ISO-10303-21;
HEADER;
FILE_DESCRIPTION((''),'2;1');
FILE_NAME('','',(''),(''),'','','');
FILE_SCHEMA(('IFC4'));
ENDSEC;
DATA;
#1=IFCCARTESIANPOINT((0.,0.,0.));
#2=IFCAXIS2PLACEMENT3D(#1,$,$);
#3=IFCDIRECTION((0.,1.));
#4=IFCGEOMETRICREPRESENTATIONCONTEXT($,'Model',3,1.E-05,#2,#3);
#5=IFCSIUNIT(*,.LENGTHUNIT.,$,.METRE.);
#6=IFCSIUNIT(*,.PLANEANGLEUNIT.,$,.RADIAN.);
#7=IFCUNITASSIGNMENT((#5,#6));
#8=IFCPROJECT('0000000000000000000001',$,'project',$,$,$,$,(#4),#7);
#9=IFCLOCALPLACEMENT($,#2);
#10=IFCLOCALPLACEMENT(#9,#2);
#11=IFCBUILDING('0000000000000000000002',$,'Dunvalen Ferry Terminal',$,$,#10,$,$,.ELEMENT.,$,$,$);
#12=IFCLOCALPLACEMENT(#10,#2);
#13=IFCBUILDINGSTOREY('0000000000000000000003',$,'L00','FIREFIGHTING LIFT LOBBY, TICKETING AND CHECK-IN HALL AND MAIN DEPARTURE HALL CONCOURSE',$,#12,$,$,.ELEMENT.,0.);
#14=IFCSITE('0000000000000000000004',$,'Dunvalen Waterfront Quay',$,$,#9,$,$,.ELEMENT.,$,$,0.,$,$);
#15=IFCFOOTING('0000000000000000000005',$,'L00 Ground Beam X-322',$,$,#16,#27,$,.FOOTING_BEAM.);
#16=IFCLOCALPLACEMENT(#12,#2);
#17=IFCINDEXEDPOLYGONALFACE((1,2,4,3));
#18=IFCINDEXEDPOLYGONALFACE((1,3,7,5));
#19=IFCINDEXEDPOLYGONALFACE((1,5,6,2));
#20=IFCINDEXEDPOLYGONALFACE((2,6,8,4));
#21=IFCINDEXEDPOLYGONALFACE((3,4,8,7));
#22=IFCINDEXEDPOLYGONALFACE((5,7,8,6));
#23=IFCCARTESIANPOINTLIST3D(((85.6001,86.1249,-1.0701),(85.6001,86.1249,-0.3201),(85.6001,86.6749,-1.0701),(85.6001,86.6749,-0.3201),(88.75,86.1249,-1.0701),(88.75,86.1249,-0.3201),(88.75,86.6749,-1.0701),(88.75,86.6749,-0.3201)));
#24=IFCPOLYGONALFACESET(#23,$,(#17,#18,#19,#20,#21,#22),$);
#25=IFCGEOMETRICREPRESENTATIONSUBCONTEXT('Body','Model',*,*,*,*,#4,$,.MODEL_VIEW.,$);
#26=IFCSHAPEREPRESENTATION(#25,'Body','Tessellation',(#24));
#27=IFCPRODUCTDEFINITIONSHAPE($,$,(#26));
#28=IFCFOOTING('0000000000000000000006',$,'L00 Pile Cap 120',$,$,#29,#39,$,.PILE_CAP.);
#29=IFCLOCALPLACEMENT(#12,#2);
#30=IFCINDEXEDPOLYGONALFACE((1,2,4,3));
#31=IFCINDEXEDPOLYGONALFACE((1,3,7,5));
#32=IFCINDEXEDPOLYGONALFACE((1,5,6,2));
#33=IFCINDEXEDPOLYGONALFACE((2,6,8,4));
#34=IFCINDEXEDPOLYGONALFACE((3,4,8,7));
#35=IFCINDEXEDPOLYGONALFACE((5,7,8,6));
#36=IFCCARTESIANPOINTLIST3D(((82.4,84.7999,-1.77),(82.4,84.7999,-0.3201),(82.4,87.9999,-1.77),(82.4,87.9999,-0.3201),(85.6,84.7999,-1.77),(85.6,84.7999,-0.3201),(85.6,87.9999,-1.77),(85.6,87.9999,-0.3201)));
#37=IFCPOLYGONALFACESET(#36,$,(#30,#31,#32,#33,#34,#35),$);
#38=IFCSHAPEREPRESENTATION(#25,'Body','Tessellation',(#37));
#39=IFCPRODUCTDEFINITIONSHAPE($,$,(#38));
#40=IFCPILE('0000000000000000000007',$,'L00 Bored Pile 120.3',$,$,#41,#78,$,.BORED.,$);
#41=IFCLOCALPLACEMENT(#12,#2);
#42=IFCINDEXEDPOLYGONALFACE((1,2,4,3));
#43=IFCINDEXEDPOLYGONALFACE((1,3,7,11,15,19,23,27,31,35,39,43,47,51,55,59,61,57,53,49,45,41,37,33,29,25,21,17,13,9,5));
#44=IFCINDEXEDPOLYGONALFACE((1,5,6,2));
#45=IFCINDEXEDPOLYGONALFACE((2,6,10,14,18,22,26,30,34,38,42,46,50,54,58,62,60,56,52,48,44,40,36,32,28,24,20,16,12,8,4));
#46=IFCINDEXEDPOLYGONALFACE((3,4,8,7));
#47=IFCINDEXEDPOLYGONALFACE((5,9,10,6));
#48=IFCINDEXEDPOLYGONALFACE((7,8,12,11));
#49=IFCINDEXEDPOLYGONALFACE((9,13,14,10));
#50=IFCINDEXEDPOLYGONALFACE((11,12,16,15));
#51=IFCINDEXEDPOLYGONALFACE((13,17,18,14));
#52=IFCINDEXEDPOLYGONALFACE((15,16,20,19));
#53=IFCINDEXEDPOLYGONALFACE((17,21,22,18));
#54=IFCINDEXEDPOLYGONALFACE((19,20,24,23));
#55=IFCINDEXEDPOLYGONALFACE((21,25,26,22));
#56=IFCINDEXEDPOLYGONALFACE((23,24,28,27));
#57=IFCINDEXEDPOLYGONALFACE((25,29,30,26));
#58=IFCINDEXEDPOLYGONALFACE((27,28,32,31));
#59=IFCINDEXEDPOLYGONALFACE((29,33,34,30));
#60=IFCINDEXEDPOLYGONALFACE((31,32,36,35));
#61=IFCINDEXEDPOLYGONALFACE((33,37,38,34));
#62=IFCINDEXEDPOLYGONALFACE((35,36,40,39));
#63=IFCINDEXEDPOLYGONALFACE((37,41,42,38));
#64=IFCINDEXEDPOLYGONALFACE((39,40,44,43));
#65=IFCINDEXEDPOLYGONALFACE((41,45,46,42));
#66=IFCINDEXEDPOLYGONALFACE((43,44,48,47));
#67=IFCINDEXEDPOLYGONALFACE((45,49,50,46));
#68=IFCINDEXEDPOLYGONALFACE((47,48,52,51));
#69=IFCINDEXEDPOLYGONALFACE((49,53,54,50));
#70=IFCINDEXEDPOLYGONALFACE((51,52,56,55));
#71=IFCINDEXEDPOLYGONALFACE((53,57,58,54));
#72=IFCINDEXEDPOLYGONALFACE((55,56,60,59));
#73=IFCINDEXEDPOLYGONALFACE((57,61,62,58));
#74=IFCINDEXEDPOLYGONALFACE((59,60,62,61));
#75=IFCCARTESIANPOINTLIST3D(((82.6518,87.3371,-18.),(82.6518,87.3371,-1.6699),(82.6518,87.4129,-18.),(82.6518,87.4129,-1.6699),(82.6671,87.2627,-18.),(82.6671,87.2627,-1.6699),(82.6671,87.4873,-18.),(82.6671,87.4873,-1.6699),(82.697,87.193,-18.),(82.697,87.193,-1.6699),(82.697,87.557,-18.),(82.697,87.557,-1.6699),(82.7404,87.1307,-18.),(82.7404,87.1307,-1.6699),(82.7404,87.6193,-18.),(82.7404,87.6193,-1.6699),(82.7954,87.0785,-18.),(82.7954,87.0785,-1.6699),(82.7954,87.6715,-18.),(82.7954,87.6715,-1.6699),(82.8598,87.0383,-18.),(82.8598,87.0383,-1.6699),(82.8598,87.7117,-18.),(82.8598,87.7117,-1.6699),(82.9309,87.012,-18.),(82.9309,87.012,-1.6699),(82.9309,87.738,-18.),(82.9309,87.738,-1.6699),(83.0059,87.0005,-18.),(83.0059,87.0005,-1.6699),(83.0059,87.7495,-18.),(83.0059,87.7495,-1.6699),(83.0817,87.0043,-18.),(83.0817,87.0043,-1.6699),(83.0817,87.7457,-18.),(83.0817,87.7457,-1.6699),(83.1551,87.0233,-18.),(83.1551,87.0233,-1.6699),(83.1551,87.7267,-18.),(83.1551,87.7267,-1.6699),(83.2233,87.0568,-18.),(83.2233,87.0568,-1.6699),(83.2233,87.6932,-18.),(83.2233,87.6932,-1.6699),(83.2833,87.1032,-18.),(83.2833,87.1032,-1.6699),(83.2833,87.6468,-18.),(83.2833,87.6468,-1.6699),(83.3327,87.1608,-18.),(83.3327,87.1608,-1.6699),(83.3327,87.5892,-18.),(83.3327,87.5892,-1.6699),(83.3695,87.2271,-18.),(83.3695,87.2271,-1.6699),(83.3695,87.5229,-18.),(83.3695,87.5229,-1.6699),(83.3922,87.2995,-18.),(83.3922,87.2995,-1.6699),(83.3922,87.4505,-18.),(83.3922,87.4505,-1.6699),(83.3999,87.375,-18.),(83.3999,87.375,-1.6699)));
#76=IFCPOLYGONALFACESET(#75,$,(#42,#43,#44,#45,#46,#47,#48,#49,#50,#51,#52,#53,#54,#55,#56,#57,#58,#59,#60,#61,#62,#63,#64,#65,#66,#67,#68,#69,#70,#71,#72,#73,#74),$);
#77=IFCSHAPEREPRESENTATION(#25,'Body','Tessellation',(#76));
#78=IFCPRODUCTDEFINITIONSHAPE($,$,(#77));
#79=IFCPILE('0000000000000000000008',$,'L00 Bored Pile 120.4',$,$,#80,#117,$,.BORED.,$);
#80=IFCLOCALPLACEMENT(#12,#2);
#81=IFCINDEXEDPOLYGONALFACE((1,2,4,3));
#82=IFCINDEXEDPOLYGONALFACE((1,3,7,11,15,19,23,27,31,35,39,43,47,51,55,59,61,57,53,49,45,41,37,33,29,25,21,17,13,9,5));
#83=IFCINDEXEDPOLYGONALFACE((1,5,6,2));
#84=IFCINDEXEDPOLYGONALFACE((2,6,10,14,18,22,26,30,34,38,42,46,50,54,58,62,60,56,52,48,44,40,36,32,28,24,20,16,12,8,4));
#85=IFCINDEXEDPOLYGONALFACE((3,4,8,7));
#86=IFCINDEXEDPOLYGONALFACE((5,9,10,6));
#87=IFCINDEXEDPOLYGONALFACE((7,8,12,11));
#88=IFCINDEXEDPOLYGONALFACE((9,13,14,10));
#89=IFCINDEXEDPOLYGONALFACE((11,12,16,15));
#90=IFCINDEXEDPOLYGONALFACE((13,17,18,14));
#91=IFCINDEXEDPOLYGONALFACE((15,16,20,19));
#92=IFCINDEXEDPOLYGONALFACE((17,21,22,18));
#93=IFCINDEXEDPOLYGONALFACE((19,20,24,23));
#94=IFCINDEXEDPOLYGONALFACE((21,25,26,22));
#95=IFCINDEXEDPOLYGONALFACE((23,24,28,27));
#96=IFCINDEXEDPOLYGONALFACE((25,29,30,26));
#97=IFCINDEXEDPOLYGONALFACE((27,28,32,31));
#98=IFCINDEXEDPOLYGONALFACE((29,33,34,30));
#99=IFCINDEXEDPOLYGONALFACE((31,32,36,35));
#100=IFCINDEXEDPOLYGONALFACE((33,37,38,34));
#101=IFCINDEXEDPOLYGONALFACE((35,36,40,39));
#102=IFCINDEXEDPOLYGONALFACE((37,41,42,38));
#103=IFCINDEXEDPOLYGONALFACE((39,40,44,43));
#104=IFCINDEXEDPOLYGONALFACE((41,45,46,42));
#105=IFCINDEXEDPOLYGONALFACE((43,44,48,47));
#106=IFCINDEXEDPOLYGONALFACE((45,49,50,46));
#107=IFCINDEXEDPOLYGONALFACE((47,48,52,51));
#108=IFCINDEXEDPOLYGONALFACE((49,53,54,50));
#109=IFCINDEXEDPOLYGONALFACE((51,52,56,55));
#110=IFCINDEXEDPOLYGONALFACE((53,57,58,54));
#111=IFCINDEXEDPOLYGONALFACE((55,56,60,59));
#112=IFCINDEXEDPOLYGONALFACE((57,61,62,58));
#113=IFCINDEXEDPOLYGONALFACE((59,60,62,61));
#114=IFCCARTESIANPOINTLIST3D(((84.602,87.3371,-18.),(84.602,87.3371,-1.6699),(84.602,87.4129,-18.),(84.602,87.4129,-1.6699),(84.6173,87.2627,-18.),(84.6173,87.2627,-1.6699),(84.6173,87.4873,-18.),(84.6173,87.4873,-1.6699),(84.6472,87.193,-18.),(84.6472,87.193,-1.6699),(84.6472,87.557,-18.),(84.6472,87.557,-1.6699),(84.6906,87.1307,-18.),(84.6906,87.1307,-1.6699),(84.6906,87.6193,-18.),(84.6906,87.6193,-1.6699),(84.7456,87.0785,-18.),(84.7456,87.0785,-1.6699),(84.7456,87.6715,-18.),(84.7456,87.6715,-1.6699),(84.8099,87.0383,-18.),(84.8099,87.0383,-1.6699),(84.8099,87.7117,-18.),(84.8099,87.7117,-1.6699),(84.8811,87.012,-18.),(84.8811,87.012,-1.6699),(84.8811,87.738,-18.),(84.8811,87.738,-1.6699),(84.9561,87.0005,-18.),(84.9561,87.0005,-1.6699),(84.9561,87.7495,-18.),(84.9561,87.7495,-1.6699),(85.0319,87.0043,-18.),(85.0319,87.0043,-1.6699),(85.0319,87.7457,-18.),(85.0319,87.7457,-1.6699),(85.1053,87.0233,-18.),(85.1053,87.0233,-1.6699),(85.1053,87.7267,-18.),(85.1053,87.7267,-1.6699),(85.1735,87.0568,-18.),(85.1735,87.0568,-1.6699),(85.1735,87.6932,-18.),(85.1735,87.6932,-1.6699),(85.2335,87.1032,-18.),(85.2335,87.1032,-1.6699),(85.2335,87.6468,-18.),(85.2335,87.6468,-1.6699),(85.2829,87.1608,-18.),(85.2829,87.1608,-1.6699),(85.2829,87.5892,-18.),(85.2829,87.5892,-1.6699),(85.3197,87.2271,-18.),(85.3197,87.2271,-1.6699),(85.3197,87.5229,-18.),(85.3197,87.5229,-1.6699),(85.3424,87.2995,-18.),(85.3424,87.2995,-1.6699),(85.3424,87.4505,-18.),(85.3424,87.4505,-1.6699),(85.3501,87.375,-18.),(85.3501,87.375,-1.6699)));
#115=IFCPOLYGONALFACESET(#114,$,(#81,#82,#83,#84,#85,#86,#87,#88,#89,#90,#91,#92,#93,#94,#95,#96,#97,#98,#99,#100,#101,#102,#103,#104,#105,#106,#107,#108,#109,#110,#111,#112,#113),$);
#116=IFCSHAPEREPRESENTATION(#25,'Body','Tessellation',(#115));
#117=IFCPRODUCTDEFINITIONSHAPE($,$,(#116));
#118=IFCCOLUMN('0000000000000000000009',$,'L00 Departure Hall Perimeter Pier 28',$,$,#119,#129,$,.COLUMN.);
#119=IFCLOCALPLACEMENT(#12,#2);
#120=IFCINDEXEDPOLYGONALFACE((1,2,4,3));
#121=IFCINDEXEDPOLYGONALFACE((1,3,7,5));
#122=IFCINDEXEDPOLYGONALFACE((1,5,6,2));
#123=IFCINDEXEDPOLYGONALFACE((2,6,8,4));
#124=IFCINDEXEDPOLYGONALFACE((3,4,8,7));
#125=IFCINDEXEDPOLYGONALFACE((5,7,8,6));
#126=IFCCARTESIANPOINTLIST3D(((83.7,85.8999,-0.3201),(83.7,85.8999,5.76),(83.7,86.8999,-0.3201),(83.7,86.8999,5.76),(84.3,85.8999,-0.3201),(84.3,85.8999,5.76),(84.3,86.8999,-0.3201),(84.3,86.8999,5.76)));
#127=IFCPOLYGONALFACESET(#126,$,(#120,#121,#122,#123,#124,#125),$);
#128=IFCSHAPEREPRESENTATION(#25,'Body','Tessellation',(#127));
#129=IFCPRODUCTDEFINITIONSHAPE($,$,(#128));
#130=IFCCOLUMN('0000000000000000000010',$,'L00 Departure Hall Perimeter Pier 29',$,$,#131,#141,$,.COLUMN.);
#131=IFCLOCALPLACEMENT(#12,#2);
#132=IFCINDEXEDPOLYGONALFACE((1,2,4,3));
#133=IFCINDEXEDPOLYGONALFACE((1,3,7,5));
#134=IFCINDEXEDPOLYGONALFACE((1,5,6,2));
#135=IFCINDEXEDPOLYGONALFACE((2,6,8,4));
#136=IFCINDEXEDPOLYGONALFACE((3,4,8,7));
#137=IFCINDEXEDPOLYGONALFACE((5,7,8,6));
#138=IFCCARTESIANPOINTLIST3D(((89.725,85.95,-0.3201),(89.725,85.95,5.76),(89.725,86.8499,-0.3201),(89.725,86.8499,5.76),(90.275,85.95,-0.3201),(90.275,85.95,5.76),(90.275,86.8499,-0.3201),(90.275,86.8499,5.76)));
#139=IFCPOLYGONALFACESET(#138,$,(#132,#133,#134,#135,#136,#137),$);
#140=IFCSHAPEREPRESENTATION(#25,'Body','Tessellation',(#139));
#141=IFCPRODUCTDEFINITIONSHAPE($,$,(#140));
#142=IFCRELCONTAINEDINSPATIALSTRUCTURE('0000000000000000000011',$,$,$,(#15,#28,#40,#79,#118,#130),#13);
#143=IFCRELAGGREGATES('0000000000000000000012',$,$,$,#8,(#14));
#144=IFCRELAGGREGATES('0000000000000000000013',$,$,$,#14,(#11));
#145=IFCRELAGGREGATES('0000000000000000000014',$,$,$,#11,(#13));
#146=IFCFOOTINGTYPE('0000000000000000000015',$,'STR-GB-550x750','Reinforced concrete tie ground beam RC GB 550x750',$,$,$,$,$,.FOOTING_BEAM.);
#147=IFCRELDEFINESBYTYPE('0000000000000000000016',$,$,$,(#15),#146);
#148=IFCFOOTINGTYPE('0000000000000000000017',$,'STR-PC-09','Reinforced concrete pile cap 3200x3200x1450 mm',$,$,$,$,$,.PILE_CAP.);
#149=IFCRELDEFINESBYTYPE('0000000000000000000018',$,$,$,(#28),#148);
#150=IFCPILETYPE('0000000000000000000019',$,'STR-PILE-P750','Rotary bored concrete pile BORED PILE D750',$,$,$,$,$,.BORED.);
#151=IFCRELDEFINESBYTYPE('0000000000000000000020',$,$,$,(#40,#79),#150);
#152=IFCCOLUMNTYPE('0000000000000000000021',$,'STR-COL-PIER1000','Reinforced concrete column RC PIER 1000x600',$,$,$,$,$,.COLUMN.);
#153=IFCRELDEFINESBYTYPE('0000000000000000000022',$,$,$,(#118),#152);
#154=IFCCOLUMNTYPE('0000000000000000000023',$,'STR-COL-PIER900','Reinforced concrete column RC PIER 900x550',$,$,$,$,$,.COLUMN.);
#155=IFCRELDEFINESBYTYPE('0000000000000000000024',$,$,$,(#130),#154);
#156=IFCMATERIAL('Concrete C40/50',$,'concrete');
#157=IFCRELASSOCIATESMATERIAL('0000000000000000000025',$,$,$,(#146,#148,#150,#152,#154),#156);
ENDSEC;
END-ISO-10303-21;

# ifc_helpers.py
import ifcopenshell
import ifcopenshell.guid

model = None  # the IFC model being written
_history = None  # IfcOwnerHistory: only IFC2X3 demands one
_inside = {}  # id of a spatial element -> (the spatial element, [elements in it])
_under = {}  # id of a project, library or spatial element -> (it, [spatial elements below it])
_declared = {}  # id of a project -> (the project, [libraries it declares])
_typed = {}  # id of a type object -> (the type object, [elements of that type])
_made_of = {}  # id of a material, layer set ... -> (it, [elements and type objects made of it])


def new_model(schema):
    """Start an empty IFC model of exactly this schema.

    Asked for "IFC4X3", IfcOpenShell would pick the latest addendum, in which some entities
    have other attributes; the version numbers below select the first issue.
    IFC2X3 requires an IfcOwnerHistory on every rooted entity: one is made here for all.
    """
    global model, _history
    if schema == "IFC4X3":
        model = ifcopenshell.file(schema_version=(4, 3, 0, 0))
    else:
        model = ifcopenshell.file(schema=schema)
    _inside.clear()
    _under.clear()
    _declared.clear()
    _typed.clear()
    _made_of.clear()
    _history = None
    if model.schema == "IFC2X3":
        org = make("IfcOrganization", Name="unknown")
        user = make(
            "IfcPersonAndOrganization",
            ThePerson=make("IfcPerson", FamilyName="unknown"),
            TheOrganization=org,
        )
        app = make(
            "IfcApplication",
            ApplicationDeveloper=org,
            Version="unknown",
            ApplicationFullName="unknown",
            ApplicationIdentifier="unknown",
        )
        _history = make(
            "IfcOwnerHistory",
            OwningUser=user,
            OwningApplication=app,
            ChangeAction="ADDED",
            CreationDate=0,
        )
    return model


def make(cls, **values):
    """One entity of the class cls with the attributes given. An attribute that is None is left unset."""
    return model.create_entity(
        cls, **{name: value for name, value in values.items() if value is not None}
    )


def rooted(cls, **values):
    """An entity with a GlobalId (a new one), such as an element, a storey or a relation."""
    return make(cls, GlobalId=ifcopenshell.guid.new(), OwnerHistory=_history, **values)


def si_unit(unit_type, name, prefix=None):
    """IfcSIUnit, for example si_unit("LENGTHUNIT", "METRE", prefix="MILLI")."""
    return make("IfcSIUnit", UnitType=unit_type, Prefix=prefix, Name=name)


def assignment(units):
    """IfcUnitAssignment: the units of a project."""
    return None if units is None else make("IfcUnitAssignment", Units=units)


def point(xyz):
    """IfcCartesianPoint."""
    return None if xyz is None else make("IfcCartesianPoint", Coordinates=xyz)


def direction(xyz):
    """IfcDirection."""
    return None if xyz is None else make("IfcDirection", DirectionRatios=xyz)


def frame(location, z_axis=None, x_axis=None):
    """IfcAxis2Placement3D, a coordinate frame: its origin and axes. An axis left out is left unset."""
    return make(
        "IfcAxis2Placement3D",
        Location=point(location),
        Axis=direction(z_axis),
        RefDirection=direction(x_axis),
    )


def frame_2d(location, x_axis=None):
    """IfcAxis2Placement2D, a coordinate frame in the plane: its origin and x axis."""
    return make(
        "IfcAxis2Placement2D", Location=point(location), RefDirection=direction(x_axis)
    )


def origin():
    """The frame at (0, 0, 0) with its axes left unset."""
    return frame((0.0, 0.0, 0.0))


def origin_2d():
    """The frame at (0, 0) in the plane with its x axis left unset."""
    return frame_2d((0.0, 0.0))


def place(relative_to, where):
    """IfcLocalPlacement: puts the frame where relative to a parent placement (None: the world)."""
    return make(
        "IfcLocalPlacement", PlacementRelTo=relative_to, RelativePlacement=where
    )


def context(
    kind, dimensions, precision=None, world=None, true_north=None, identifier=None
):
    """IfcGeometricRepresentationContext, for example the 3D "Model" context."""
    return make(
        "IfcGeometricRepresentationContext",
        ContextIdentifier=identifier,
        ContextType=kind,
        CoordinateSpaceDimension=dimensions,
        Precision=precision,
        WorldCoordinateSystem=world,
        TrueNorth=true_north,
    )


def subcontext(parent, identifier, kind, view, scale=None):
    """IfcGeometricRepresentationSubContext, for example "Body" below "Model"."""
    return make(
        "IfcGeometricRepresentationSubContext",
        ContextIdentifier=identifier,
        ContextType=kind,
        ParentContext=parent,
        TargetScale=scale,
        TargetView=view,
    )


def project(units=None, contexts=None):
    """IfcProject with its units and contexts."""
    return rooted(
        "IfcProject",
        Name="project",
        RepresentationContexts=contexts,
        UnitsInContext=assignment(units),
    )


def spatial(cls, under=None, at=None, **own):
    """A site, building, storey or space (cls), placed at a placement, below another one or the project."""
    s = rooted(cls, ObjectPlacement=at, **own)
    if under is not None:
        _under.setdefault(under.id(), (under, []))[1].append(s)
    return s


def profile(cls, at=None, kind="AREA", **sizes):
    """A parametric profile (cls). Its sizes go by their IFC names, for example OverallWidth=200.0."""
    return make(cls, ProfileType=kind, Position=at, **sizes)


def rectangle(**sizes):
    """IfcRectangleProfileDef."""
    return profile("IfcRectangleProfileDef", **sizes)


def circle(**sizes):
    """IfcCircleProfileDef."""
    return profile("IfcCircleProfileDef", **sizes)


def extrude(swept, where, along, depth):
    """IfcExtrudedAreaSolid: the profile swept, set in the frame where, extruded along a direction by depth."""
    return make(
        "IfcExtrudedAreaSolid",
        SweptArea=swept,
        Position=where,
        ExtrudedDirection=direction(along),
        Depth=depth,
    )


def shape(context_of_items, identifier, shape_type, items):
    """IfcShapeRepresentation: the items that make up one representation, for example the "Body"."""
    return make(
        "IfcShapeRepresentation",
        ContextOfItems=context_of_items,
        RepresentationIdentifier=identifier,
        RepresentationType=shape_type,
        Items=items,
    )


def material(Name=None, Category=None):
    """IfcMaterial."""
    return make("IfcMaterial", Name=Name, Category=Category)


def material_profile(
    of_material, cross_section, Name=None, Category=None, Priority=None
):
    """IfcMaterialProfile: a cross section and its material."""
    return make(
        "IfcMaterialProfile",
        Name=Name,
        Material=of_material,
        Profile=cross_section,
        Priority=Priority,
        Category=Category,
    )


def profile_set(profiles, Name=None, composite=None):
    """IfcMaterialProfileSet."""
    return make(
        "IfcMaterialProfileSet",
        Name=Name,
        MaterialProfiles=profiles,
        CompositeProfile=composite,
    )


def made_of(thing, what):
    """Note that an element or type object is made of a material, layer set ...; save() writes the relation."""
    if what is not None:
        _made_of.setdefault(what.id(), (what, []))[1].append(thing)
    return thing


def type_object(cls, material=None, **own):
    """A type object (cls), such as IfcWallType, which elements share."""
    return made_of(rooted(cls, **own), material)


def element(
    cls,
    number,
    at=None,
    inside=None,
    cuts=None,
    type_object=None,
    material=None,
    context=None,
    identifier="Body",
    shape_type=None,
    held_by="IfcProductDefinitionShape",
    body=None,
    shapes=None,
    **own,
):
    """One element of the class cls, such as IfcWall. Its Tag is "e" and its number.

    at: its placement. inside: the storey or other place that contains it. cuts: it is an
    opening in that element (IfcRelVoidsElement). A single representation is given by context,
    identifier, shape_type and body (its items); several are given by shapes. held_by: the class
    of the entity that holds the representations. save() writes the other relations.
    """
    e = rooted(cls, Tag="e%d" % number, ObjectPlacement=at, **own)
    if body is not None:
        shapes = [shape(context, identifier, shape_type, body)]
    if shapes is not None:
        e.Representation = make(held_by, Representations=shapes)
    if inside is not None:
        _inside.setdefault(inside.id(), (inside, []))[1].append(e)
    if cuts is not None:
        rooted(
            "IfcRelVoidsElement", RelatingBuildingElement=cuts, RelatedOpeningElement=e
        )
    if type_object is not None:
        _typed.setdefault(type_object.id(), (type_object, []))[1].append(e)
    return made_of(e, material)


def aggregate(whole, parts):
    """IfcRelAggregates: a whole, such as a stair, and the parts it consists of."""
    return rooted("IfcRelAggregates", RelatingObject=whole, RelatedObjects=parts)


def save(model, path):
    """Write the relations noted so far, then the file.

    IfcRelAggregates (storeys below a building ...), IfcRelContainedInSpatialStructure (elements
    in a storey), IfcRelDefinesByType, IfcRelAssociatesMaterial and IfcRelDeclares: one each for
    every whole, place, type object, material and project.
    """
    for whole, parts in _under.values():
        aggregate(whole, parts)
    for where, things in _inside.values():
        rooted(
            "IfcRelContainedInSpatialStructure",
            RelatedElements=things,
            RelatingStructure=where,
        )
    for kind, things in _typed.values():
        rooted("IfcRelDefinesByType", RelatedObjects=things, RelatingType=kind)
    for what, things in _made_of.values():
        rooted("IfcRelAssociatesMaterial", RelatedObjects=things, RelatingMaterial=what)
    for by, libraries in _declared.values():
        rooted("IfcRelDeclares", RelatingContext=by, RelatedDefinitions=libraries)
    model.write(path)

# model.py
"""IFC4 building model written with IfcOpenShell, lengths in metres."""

from ifc_helpers import new_model, si_unit, direction, frame, origin, origin_2d, place, context, subcontext, project, spatial, rectangle, circle, extrude, material, material_profile, profile_set, type_object, element, save


model = new_model("IFC4")

# Units and contexts
model_context = context("Model", 3, precision=1e-05, world=origin(), true_north=direction((0.0, 1.0)))
body_context = subcontext(model_context, "Body", "Model", "MODEL_VIEW")
ifc_project = project(units=[si_unit("LENGTHUNIT", "METRE"), si_unit("PLANEANGLEUNIT", "RADIAN")], contexts=[model_context])

# Site, building, storey
site_placement = place(None, origin())
site = spatial("IfcSite", under=ifc_project, at=site_placement, Name="Dunvalen Waterfront Quay", CompositionType="ELEMENT", RefElevation=0.0)
building_placement = place(site_placement, origin())
building = spatial("IfcBuilding", under=site, at=building_placement, Name="Dunvalen Ferry Terminal", CompositionType="ELEMENT")
storey_placement = place(building_placement, origin())
storey = spatial("IfcBuildingStorey", under=building, at=storey_placement, Name="L00", Description="FIREFIGHTING LIFT LOBBY, TICKETING AND CHECK-IN HALL AND MAIN DEPARTURE HALL CONCOURSE", CompositionType="ELEMENT", Elevation=0.0)

# Footings
ifc_material_1 = material(Name="Concrete C40/50", Category="concrete")
ifc_material_profile_1 = material_profile(ifc_material_1, rectangle(XDim=0.55, YDim=0.75, at=origin_2d()), Name="Concrete C40/50")
ifc_profile_set_1 = profile_set([ifc_material_profile_1], Name="Concrete C40/50")
footing_type_1 = type_object("IfcFootingType", Name="STR-GB-550x750", Description="Reinforced concrete tie ground beam RC GB 550x750", PredefinedType="FOOTING_BEAM", material=ifc_profile_set_1)
footing_1_placement = place(storey_placement, frame((85.6001, 86.3999, -0.6951), z_axis=(1.0, 0.0, 0.0), x_axis=(0.0, 1.0, 0.0)))
element("IfcFooting", 1, at=footing_1_placement, inside=storey, type_object=footing_type_1, Name="L00 Ground Beam X-322", PredefinedType="FOOTING_BEAM", context=body_context, shape_type="SweptSolid", body=[
    extrude(rectangle(XDim=0.55, YDim=0.75, at=origin_2d()), origin(), (0.0, 0.0, 1.0), 3.1499),
])
footing_type_2 = type_object("IfcFootingType", Name="STR-PC-09", Description="Reinforced concrete pile cap 3200x3200x1450 mm", PredefinedType="PILE_CAP", material=ifc_material_1)
footing_2_placement = place(storey_placement, frame((84.0, 86.3999, -1.77), z_axis=(0.0, 0.0, 1.0), x_axis=(1.0, 0.0, 0.0)))
element("IfcFooting", 2, at=footing_2_placement, inside=storey, type_object=footing_type_2, Name="L00 Pile Cap 120", PredefinedType="PILE_CAP", context=body_context, shape_type="SweptSolid", body=[
    extrude(rectangle(XDim=3.2, YDim=3.2, at=origin_2d()), origin(), (0.0, 0.0, 1.0), 1.45),
])

# Piles
ifc_material_profile_2 = material_profile(ifc_material_1, circle(Radius=0.375, at=origin_2d()), Name="Concrete C40/50")
ifc_profile_set_2 = profile_set([ifc_material_profile_2], Name="Concrete C40/50")
pile_type = type_object("IfcPileType", Name="STR-PILE-P750", Description="Rotary bored concrete pile BORED PILE D750", PredefinedType="BORED", material=ifc_profile_set_2)
for number, where, z_axis, x_axis, name in (
    (3, (83.0249, 87.375, -1.6699), (0.0, 0.0, -1.0), (1.0, 0.0, 0.0), "L00 Bored Pile 120.3"),
    (4, (84.9751, 87.375, -1.6699), (0.0, 0.0, -1.0), (1.0, 0.0, 0.0), "L00 Bored Pile 120.4"),
):
    element("IfcPile", number, at=place(storey_placement, frame(where, z_axis=z_axis, x_axis=x_axis)), inside=storey, type_object=pile_type, Name=name, PredefinedType="BORED", context=body_context, shape_type="SweptSolid", body=[
        extrude(circle(Radius=0.375, at=origin_2d()), origin(), (0.0, 0.0, 1.0), 16.3301),
    ])

# Columns
ifc_material_profile_3 = material_profile(ifc_material_1, rectangle(XDim=0.6001, YDim=1.0, at=origin_2d()), Name="Concrete C40/50")
ifc_profile_set_3 = profile_set([ifc_material_profile_3], Name="Concrete C40/50")
column_type_1 = type_object("IfcColumnType", Name="STR-COL-PIER1000", Description="Reinforced concrete column RC PIER 1000x600", PredefinedType="COLUMN", material=ifc_profile_set_3)
column_1_placement = place(storey_placement, frame((84.0, 86.3999, -0.3201), z_axis=(0.0, 0.0, 1.0), x_axis=(1.0, 0.0, 0.0)))
element("IfcColumn", 5, at=column_1_placement, inside=storey, type_object=column_type_1, Name="L00 Departure Hall Perimeter Pier 28", PredefinedType="COLUMN", context=body_context, shape_type="SweptSolid", body=[
    extrude(rectangle(XDim=0.6001, YDim=1.0, at=origin_2d()), origin(), (0.0, 0.0, 1.0), 6.0801),
])
ifc_material_profile_4 = material_profile(ifc_material_1, rectangle(XDim=0.55, YDim=0.8999, at=origin_2d()), Name="Concrete C40/50")
ifc_profile_set_4 = profile_set([ifc_material_profile_4], Name="Concrete C40/50")
column_type_2 = type_object("IfcColumnType", Name="STR-COL-PIER900", Description="Reinforced concrete column RC PIER 900x550", PredefinedType="COLUMN", material=ifc_profile_set_4)
column_2_placement = place(storey_placement, frame((90.0, 86.3999, -0.3201), z_axis=(0.0, 0.0, 1.0), x_axis=(1.0, 0.0, 0.0)))
element("IfcColumn", 6, at=column_2_placement, inside=storey, type_object=column_type_2, Name="L00 Departure Hall Perimeter Pier 29", PredefinedType="COLUMN", context=body_context, shape_type="SweptSolid", body=[
    extrude(rectangle(XDim=0.55, YDim=0.8999, at=origin_2d()), origin(), (0.0, 0.0, 1.0), 6.0801),
])

save(model, "model.ifc")
